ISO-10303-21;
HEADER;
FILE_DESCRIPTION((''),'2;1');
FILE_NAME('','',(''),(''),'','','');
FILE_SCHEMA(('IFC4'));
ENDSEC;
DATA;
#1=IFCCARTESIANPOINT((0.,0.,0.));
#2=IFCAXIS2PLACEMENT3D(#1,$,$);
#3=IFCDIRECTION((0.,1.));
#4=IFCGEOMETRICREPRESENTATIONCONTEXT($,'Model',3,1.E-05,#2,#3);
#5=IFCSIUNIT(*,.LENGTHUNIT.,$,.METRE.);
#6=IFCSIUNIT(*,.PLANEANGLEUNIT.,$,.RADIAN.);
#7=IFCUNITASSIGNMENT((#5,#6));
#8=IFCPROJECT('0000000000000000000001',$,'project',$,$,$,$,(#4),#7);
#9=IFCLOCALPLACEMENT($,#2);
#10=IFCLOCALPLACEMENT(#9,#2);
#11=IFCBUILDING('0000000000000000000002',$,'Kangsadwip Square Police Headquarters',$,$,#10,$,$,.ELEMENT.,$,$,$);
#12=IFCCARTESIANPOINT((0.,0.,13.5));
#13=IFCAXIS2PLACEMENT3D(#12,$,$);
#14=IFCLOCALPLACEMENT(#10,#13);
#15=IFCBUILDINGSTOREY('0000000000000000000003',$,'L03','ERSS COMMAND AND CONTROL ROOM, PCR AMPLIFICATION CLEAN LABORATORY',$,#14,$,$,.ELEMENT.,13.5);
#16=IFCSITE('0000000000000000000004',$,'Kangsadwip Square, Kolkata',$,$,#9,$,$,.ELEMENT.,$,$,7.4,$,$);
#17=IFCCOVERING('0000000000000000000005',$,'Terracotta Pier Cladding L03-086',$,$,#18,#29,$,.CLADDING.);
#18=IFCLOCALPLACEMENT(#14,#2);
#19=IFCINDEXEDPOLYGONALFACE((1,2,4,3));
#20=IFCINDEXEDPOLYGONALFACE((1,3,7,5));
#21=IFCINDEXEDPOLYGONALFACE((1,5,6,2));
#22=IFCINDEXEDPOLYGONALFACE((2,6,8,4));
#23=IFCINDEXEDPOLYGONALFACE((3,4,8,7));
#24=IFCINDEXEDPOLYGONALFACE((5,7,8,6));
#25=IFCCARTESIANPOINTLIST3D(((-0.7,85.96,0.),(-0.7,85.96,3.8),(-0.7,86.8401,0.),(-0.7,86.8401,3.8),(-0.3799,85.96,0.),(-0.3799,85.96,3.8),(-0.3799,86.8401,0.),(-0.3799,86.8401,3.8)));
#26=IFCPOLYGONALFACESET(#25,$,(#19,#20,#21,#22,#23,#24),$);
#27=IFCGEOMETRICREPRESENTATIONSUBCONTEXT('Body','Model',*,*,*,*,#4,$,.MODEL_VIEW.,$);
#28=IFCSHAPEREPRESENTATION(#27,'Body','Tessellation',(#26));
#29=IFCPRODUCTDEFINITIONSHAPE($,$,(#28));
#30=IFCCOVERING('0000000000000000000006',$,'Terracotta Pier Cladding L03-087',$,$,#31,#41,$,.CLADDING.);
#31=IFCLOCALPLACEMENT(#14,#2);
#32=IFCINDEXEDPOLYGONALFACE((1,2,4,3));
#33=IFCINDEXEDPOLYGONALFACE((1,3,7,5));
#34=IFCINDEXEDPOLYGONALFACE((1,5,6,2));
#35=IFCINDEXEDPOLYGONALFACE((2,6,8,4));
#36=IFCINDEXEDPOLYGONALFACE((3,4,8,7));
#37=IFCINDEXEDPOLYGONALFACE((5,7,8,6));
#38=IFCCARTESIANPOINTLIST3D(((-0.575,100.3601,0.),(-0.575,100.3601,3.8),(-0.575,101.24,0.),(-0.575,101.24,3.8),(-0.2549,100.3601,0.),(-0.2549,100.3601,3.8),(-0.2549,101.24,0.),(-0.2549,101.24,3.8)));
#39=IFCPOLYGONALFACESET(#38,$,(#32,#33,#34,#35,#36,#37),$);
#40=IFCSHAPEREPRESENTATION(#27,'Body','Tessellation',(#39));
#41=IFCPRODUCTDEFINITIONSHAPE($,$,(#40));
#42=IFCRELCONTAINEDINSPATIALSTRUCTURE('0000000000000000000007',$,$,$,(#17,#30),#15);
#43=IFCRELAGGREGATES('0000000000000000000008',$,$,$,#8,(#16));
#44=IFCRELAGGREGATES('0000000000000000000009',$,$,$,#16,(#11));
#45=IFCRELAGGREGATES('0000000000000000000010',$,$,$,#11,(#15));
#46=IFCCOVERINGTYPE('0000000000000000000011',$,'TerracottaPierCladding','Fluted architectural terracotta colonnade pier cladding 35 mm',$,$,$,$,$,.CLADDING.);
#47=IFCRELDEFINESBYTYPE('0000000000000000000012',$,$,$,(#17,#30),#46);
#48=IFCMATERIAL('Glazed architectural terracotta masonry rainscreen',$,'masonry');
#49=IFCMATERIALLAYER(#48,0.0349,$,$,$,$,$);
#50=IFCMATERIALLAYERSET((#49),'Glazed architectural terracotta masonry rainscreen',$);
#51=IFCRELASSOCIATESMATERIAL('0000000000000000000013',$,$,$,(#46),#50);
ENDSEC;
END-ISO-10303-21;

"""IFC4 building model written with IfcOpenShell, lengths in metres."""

from ifc_helpers import new_model, si_unit, direction, frame, origin, place, context, subcontext, project, spatial, polyline, outline, extrude, material, layer, layer_set, type_object, element, save


model = new_model("IFC4")

# Units and contexts
model_context = context("Model", 3, precision=1e-05, world=origin(), true_north=direction((0.0, 1.0)))
body_context = subcontext(model_context, "Body", "Model", "MODEL_VIEW")
ifc_project = project(units=[si_unit("LENGTHUNIT", "METRE"), si_unit("PLANEANGLEUNIT", "RADIAN")], contexts=[model_context])

# Site, building, storey
site_placement = place(None, origin())
site = spatial("IfcSite", under=ifc_project, at=site_placement, Name="Kangsadwip Square, Kolkata", CompositionType="ELEMENT", RefElevation=7.4)
building_placement = place(site_placement, origin())
building = spatial("IfcBuilding", under=site, at=building_placement, Name="Kangsadwip Square Police Headquarters", CompositionType="ELEMENT")
storey_placement = place(building_placement, frame((0.0, 0.0, 13.5)))
storey = spatial("IfcBuildingStorey", under=building, at=storey_placement, Name="L03", Description="ERSS COMMAND AND CONTROL ROOM, PCR AMPLIFICATION CLEAN LABORATORY", CompositionType="ELEMENT", Elevation=13.5)

# Coverings
ifc_material_1 = material(Name="Glazed architectural terracotta masonry rainscreen", Category="masonry")
ifc_layer_1 = layer(ifc_material_1, 0.0349)
ifc_layer_set_1 = layer_set([ifc_layer_1], Name="Glazed architectural terracotta masonry rainscreen")
covering_type_1 = type_object("IfcCoveringType", Name="TerracottaPierCladding", Description="Fluted architectural terracotta colonnade pier cladding 35 mm", PredefinedType="CLADDING", material=ifc_layer_set_1)
covering_1_placement = place(storey_placement, origin())
element("IfcCovering", 1, at=covering_1_placement, inside=storey, type_object=covering_type_1, Name="Terracotta Pier Cladding L03-086", PredefinedType="CLADDING", context=body_context, shape_type="SweptSolid", body=[
    extrude(outline(polyline([(-0.7, 85.96), (-0.3799, 85.96), (-0.3799, 86.8401), (-0.7, 86.8401), (-0.7, 85.96)])), origin(), (0.0, 0.0, 1.0), 3.8),
])
covering_2_placement = place(storey_placement, origin())
element("IfcCovering", 2, at=covering_2_placement, inside=storey, type_object=covering_type_1, Name="Terracotta Pier Cladding L03-087", PredefinedType="CLADDING", context=body_context, shape_type="SweptSolid", body=[
    extrude(outline(polyline([(-0.575, 100.3601), (-0.2549, 100.3601), (-0.2549, 101.24), (-0.575, 101.24), (-0.575, 100.3601)])), origin(), (0.0, 0.0, 1.0), 3.8),
])

save(model, "model.ifc")
